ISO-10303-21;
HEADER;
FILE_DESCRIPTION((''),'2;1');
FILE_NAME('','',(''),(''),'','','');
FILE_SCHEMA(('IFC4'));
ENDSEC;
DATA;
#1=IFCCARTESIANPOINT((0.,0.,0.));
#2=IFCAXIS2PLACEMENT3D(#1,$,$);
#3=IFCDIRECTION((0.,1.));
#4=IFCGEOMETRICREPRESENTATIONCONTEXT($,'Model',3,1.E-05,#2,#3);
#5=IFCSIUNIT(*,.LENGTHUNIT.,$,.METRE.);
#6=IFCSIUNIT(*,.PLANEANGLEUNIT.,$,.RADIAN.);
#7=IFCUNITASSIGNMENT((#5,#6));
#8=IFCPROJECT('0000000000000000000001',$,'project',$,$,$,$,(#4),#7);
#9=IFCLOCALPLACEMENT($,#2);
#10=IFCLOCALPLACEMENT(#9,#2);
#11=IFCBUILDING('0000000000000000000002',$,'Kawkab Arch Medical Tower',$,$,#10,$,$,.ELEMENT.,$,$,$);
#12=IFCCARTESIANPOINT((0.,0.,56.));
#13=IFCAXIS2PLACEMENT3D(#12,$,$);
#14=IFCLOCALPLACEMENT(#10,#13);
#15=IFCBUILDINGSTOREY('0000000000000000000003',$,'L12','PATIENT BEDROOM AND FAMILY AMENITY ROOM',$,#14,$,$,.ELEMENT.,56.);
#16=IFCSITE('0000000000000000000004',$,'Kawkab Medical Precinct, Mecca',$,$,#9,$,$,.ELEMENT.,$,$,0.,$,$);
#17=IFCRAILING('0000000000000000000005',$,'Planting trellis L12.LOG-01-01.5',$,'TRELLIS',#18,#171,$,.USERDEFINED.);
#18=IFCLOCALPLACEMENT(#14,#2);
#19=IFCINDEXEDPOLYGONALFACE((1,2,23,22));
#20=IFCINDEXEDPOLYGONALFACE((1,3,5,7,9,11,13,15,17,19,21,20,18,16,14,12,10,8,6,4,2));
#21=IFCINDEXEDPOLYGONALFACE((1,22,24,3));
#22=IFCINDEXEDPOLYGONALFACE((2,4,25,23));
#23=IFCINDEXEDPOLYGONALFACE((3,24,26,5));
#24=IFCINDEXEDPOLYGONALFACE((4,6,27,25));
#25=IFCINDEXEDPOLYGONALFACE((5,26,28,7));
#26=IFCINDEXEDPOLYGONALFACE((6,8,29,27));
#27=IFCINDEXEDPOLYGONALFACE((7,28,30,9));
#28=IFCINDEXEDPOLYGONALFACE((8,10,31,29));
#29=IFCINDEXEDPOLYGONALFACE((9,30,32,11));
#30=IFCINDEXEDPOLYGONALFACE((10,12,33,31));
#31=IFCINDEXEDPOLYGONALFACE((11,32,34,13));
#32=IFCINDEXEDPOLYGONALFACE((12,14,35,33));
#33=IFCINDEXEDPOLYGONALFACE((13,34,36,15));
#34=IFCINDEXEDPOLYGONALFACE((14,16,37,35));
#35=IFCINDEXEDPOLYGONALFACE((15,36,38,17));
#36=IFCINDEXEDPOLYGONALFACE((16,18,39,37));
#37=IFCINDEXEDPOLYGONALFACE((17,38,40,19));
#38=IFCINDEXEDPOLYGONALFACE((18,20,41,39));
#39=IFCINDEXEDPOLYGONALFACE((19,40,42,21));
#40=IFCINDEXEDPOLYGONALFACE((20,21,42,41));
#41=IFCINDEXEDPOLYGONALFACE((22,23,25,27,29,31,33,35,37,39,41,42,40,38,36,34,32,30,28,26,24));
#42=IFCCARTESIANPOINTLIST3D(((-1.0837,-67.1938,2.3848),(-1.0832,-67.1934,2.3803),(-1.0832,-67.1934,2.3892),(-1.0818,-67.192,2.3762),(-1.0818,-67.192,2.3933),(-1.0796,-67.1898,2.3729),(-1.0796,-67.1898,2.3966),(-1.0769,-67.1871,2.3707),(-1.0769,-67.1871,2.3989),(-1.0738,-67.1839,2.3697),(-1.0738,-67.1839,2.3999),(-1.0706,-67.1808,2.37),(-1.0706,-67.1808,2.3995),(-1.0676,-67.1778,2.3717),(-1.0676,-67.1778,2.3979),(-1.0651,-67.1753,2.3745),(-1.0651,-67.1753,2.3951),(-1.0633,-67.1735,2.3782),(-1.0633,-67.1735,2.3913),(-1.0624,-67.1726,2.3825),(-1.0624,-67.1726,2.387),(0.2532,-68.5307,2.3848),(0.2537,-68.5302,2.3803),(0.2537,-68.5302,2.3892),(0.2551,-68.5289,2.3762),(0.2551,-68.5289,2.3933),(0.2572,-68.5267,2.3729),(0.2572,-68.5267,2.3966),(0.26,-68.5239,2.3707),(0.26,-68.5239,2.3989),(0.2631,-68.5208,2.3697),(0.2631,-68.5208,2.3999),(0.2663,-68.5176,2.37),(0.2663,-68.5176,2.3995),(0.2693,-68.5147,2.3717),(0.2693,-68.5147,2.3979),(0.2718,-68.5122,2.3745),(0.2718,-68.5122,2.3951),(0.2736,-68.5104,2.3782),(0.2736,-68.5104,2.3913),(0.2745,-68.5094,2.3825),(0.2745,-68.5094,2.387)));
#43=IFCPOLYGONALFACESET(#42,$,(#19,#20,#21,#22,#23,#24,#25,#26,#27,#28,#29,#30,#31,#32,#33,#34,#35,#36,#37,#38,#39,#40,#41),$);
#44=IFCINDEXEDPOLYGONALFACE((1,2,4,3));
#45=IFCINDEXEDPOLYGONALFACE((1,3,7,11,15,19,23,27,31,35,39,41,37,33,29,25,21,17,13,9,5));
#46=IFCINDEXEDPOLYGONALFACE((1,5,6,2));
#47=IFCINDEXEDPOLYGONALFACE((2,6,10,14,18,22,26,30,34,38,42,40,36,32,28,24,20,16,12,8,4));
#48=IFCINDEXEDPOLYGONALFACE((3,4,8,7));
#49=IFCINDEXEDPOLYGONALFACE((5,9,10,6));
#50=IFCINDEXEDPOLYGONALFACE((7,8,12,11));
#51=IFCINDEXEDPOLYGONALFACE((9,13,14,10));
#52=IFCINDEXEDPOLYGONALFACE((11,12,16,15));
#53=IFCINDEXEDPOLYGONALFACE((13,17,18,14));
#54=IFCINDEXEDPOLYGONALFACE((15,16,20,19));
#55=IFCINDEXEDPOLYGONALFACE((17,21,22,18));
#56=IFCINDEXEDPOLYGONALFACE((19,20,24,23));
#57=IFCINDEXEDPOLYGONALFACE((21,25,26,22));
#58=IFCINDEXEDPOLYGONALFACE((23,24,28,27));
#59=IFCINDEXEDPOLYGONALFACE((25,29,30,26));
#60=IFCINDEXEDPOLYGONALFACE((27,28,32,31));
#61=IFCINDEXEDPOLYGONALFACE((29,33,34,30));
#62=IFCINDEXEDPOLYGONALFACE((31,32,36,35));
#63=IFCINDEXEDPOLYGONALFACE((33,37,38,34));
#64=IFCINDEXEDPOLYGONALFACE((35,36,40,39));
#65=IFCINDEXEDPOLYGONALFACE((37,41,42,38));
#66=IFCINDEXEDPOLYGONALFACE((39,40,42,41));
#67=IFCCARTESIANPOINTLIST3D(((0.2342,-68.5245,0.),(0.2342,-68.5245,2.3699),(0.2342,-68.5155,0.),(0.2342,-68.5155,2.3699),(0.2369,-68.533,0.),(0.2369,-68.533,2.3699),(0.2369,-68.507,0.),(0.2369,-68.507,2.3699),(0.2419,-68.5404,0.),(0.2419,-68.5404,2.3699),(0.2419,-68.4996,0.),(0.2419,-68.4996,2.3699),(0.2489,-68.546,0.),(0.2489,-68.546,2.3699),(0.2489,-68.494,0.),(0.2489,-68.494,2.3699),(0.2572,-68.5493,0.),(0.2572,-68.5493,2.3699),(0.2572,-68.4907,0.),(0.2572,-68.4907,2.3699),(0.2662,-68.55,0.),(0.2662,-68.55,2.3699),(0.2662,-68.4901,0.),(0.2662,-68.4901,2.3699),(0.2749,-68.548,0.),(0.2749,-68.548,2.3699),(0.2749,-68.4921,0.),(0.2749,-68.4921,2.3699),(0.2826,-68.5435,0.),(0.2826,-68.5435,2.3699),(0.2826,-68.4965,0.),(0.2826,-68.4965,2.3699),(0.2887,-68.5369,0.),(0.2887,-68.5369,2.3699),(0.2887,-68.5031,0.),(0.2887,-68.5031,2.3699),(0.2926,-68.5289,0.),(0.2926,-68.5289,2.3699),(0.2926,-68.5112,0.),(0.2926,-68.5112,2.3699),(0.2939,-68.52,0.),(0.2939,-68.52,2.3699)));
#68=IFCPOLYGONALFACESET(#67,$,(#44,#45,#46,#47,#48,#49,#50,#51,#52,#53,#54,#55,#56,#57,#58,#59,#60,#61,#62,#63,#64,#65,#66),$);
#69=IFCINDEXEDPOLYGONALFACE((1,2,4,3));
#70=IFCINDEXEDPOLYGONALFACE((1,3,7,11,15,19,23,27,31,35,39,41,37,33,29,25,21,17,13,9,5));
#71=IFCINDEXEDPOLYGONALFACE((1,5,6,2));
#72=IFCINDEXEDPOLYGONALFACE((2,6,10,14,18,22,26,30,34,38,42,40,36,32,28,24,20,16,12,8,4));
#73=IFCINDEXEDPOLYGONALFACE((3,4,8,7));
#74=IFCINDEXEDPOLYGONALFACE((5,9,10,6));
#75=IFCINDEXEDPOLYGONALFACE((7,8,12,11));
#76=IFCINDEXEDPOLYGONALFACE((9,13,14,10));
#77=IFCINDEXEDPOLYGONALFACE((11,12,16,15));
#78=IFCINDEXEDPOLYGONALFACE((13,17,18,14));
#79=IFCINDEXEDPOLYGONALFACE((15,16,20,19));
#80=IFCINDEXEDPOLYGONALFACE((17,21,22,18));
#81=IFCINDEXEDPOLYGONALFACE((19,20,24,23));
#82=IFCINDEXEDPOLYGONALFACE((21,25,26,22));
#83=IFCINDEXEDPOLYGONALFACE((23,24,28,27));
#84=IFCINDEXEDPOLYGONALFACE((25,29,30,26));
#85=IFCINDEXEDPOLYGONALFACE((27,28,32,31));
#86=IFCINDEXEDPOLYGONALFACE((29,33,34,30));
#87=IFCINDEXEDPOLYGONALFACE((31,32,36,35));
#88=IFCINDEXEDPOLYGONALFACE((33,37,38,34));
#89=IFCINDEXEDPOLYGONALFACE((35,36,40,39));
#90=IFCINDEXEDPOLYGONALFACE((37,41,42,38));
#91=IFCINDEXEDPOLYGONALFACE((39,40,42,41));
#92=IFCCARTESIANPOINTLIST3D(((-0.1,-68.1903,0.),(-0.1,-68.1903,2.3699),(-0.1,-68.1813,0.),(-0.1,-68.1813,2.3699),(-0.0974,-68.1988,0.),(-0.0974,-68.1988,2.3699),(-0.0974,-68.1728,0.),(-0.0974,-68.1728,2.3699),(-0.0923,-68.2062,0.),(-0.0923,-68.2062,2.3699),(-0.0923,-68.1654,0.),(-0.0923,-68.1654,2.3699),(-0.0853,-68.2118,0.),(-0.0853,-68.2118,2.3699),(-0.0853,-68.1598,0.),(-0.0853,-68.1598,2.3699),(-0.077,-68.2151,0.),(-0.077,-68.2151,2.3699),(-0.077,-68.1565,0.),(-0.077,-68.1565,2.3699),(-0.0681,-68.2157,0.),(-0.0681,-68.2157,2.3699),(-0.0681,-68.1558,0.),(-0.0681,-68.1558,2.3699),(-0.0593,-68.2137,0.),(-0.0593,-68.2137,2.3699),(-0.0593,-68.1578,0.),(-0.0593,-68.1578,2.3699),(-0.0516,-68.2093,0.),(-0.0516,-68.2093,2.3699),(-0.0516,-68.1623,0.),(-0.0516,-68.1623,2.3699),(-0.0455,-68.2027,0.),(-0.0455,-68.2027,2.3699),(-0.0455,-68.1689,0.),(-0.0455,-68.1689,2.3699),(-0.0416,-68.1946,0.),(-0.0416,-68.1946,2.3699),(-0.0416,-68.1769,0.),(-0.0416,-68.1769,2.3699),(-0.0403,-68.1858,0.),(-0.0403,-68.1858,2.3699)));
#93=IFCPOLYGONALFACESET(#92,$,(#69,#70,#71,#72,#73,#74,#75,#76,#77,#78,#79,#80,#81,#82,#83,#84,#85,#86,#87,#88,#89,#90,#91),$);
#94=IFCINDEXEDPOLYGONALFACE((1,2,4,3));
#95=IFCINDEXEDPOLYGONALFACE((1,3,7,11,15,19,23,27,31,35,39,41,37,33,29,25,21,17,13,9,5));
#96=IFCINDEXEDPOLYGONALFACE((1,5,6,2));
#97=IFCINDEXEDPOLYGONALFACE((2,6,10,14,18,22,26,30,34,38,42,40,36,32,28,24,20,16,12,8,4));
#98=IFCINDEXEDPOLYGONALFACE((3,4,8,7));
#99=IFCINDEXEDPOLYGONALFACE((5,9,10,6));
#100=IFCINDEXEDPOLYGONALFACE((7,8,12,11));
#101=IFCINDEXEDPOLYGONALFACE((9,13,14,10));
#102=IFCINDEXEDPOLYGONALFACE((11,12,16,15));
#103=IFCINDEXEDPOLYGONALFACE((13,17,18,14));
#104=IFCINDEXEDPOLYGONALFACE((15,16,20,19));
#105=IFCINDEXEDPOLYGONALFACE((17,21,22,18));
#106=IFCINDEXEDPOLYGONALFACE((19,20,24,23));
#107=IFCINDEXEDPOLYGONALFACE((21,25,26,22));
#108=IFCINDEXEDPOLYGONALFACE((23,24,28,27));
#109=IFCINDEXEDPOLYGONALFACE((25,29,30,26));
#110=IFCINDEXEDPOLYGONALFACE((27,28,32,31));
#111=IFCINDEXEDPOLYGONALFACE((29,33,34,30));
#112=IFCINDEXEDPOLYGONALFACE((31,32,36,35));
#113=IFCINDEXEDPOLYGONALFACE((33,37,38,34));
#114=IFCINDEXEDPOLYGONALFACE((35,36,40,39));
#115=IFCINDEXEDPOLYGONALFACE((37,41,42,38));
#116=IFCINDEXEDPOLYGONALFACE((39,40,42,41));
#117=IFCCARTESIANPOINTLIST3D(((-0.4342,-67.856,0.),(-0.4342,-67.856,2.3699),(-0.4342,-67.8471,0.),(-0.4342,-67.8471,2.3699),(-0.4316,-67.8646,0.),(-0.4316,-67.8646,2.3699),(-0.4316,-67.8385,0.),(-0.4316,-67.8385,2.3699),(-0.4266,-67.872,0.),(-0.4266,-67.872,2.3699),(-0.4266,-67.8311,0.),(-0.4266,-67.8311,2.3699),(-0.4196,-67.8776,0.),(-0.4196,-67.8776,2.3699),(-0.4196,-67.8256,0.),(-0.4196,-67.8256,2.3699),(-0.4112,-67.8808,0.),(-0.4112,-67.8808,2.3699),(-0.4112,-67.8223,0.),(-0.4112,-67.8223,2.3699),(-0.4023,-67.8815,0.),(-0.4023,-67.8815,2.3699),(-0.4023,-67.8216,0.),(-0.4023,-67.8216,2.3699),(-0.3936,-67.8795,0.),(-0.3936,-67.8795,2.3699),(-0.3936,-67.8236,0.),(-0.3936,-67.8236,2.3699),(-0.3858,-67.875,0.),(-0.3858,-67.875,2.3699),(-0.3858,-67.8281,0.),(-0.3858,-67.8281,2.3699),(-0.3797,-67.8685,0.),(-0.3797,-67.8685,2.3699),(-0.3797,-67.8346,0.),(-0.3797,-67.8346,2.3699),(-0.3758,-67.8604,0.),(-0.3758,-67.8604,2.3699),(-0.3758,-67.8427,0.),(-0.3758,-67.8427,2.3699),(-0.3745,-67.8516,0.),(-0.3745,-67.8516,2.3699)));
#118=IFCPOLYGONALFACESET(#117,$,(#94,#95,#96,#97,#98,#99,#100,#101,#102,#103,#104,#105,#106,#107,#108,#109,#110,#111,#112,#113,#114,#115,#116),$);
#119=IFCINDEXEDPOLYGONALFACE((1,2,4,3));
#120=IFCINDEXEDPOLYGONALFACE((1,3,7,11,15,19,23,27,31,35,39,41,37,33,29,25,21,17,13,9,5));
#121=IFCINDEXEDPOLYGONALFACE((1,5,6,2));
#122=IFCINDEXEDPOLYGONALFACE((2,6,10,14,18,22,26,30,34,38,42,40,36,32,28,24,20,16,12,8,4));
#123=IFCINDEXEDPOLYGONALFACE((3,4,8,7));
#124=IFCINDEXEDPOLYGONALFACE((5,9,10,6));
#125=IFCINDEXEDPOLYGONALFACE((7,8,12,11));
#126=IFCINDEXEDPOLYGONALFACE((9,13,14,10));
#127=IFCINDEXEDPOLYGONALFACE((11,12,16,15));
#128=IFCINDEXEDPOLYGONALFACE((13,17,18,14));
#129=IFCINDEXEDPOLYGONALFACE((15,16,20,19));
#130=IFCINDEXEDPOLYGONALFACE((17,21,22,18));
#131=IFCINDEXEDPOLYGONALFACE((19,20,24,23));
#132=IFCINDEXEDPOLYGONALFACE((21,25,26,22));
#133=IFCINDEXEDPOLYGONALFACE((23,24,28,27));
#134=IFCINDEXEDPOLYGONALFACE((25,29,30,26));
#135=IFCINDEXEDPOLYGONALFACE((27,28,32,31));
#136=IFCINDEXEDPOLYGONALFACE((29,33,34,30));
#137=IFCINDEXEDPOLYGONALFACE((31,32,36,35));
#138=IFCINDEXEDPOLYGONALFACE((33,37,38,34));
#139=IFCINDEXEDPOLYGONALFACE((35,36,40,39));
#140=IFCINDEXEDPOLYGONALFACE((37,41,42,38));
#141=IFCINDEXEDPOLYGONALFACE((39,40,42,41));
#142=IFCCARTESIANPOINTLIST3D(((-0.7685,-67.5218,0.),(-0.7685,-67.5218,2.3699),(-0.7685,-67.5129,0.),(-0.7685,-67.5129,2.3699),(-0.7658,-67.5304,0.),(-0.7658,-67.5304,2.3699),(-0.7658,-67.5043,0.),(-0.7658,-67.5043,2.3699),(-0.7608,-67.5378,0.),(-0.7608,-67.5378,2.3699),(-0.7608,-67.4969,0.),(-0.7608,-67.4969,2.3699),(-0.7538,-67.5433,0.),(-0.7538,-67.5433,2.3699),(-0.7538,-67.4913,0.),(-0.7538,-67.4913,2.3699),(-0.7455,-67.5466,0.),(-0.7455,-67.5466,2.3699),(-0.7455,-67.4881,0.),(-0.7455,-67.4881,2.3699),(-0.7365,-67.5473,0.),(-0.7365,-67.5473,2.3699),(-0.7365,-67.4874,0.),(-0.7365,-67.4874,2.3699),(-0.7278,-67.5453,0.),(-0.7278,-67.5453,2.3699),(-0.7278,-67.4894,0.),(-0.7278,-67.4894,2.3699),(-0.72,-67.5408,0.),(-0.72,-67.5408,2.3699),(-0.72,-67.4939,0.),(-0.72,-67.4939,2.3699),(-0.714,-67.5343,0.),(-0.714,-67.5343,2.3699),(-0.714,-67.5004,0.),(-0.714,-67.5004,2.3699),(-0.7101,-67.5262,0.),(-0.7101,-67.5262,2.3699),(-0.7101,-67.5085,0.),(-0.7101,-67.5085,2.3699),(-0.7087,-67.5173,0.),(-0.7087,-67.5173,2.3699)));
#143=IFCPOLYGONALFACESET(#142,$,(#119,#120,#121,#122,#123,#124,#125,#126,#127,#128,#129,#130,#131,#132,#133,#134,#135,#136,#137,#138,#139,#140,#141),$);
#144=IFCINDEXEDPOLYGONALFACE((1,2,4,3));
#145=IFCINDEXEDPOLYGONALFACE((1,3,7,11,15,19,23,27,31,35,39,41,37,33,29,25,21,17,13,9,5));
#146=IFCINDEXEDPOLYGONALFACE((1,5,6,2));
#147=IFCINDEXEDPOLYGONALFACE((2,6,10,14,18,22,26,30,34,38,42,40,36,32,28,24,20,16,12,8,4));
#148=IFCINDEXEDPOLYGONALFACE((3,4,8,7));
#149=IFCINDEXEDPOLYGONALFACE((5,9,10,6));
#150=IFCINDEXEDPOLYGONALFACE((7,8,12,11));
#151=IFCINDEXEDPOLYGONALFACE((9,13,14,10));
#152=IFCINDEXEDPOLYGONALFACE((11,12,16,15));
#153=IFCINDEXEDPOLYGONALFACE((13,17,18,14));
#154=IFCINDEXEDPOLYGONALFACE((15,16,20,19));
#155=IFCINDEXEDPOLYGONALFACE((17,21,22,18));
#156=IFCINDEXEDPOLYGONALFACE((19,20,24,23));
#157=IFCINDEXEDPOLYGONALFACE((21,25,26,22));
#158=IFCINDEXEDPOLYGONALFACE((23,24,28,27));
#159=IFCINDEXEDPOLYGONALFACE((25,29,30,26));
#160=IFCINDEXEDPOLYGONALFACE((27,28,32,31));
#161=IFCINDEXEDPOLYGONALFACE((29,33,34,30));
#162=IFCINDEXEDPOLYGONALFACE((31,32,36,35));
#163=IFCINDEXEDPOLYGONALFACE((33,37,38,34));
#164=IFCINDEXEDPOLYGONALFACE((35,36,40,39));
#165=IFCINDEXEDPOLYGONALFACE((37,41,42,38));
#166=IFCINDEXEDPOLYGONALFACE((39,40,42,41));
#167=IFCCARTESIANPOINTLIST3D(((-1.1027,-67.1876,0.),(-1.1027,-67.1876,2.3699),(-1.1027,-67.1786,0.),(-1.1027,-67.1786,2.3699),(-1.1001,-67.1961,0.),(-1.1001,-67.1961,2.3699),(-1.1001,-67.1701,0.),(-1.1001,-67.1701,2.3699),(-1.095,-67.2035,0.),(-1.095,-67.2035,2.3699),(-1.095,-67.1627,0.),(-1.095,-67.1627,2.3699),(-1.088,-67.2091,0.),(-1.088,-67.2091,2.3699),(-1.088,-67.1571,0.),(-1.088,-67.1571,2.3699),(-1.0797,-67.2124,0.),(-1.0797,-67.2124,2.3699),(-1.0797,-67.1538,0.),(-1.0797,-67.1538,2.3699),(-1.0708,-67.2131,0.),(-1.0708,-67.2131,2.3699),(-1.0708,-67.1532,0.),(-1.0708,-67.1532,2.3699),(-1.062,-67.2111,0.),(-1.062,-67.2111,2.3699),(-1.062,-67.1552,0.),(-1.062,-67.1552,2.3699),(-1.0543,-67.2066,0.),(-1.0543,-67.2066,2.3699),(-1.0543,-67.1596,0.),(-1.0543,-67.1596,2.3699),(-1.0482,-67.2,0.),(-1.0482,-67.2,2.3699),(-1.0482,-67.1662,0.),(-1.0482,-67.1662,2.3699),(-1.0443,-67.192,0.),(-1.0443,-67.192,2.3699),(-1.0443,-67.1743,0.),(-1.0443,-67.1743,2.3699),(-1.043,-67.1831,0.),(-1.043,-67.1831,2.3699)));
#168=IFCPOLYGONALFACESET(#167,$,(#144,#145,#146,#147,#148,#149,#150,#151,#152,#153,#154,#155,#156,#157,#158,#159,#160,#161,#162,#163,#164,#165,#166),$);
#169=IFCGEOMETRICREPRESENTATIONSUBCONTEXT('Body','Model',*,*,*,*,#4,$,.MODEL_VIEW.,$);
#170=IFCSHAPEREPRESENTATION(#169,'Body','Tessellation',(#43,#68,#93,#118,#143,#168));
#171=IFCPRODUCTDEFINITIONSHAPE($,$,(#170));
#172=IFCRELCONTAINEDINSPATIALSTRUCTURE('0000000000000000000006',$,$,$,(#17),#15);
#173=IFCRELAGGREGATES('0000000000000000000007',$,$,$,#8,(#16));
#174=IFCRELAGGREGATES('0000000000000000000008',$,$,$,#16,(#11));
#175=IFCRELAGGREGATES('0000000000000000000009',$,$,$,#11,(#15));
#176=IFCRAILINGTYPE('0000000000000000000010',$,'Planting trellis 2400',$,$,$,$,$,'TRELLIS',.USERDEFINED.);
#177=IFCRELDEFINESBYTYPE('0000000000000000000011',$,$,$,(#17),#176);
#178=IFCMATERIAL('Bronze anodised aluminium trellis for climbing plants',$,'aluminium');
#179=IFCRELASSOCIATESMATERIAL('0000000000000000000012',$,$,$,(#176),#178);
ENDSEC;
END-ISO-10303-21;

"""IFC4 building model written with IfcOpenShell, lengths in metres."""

from ifc_helpers import new_model, si_unit, direction, frame, origin, origin_2d, place, context, subcontext, project, spatial, circle, extrude, material, type_object, element, save


model = new_model("IFC4")

# Units and contexts
model_context = context("Model", 3, precision=1e-05, world=origin(), true_north=direction((0.0, 1.0)))
body_context = subcontext(model_context, "Body", "Model", "MODEL_VIEW")
ifc_project = project(units=[si_unit("LENGTHUNIT", "METRE"), si_unit("PLANEANGLEUNIT", "RADIAN")], contexts=[model_context])

# Site, building, storey
site_placement = place(None, origin())
site = spatial("IfcSite", under=ifc_project, at=site_placement, Name="Kawkab Medical Precinct, Mecca", CompositionType="ELEMENT", RefElevation=0.0)
building_placement = place(site_placement, origin())
building = spatial("IfcBuilding", under=site, at=building_placement, Name="Kawkab Arch Medical Tower", CompositionType="ELEMENT")
storey_placement = place(building_placement, frame((0.0, 0.0, 56.0)))
storey = spatial("IfcBuildingStorey", under=building, at=storey_placement, Name="L12", Description="PATIENT BEDROOM AND FAMILY AMENITY ROOM", CompositionType="ELEMENT", Elevation=56.0)

# Railing
ifc_material_1 = material(Name="Bronze anodised aluminium trellis for climbing plants", Category="aluminium")
railing_type_1 = type_object("IfcRailingType", Name="Planting trellis 2400", ElementType="TRELLIS", PredefinedType="USERDEFINED", material=ifc_material_1)
railing_1_placement = place(storey_placement, frame((0.2639, -68.52, 0.0)))
element("IfcRailing", 1, at=railing_1_placement, inside=storey, type_object=railing_type_1, Name="Planting trellis L12.LOG-01-01.5", ObjectType="TRELLIS", PredefinedType="USERDEFINED", context=body_context, shape_type="SweptSolid", body=[
    extrude(circle(Radius=0.0151, at=origin_2d()), frame((0.0, 0.0, 2.3848), z_axis=(-0.707107, 0.707107, 0.0), x_axis=(-0.707107, -0.707107, 0.0)), (0.0, 0.0, 1.0), 1.8906),
    extrude(circle(Radius=0.03, at=origin_2d()), origin(), (0.0, 0.0, 1.0), 2.3699),
    extrude(circle(Radius=0.03, at=origin_2d()), frame((-0.3342, 0.3342, 0.0)), (0.0, 0.0, 1.0), 2.3699),
    extrude(circle(Radius=0.03, at=origin_2d()), frame((-0.6685, 0.6685, 0.0)), (0.0, 0.0, 1.0), 2.3699),
    extrude(circle(Radius=0.03, at=origin_2d()), frame((-1.0027, 1.0027, 0.0)), (0.0, 0.0, 1.0), 2.3699),
    extrude(circle(Radius=0.03, at=origin_2d()), frame((-1.3369, 1.3369, 0.0)), (0.0, 0.0, 1.0), 2.3699),
])

save(model, "model.ifc")
